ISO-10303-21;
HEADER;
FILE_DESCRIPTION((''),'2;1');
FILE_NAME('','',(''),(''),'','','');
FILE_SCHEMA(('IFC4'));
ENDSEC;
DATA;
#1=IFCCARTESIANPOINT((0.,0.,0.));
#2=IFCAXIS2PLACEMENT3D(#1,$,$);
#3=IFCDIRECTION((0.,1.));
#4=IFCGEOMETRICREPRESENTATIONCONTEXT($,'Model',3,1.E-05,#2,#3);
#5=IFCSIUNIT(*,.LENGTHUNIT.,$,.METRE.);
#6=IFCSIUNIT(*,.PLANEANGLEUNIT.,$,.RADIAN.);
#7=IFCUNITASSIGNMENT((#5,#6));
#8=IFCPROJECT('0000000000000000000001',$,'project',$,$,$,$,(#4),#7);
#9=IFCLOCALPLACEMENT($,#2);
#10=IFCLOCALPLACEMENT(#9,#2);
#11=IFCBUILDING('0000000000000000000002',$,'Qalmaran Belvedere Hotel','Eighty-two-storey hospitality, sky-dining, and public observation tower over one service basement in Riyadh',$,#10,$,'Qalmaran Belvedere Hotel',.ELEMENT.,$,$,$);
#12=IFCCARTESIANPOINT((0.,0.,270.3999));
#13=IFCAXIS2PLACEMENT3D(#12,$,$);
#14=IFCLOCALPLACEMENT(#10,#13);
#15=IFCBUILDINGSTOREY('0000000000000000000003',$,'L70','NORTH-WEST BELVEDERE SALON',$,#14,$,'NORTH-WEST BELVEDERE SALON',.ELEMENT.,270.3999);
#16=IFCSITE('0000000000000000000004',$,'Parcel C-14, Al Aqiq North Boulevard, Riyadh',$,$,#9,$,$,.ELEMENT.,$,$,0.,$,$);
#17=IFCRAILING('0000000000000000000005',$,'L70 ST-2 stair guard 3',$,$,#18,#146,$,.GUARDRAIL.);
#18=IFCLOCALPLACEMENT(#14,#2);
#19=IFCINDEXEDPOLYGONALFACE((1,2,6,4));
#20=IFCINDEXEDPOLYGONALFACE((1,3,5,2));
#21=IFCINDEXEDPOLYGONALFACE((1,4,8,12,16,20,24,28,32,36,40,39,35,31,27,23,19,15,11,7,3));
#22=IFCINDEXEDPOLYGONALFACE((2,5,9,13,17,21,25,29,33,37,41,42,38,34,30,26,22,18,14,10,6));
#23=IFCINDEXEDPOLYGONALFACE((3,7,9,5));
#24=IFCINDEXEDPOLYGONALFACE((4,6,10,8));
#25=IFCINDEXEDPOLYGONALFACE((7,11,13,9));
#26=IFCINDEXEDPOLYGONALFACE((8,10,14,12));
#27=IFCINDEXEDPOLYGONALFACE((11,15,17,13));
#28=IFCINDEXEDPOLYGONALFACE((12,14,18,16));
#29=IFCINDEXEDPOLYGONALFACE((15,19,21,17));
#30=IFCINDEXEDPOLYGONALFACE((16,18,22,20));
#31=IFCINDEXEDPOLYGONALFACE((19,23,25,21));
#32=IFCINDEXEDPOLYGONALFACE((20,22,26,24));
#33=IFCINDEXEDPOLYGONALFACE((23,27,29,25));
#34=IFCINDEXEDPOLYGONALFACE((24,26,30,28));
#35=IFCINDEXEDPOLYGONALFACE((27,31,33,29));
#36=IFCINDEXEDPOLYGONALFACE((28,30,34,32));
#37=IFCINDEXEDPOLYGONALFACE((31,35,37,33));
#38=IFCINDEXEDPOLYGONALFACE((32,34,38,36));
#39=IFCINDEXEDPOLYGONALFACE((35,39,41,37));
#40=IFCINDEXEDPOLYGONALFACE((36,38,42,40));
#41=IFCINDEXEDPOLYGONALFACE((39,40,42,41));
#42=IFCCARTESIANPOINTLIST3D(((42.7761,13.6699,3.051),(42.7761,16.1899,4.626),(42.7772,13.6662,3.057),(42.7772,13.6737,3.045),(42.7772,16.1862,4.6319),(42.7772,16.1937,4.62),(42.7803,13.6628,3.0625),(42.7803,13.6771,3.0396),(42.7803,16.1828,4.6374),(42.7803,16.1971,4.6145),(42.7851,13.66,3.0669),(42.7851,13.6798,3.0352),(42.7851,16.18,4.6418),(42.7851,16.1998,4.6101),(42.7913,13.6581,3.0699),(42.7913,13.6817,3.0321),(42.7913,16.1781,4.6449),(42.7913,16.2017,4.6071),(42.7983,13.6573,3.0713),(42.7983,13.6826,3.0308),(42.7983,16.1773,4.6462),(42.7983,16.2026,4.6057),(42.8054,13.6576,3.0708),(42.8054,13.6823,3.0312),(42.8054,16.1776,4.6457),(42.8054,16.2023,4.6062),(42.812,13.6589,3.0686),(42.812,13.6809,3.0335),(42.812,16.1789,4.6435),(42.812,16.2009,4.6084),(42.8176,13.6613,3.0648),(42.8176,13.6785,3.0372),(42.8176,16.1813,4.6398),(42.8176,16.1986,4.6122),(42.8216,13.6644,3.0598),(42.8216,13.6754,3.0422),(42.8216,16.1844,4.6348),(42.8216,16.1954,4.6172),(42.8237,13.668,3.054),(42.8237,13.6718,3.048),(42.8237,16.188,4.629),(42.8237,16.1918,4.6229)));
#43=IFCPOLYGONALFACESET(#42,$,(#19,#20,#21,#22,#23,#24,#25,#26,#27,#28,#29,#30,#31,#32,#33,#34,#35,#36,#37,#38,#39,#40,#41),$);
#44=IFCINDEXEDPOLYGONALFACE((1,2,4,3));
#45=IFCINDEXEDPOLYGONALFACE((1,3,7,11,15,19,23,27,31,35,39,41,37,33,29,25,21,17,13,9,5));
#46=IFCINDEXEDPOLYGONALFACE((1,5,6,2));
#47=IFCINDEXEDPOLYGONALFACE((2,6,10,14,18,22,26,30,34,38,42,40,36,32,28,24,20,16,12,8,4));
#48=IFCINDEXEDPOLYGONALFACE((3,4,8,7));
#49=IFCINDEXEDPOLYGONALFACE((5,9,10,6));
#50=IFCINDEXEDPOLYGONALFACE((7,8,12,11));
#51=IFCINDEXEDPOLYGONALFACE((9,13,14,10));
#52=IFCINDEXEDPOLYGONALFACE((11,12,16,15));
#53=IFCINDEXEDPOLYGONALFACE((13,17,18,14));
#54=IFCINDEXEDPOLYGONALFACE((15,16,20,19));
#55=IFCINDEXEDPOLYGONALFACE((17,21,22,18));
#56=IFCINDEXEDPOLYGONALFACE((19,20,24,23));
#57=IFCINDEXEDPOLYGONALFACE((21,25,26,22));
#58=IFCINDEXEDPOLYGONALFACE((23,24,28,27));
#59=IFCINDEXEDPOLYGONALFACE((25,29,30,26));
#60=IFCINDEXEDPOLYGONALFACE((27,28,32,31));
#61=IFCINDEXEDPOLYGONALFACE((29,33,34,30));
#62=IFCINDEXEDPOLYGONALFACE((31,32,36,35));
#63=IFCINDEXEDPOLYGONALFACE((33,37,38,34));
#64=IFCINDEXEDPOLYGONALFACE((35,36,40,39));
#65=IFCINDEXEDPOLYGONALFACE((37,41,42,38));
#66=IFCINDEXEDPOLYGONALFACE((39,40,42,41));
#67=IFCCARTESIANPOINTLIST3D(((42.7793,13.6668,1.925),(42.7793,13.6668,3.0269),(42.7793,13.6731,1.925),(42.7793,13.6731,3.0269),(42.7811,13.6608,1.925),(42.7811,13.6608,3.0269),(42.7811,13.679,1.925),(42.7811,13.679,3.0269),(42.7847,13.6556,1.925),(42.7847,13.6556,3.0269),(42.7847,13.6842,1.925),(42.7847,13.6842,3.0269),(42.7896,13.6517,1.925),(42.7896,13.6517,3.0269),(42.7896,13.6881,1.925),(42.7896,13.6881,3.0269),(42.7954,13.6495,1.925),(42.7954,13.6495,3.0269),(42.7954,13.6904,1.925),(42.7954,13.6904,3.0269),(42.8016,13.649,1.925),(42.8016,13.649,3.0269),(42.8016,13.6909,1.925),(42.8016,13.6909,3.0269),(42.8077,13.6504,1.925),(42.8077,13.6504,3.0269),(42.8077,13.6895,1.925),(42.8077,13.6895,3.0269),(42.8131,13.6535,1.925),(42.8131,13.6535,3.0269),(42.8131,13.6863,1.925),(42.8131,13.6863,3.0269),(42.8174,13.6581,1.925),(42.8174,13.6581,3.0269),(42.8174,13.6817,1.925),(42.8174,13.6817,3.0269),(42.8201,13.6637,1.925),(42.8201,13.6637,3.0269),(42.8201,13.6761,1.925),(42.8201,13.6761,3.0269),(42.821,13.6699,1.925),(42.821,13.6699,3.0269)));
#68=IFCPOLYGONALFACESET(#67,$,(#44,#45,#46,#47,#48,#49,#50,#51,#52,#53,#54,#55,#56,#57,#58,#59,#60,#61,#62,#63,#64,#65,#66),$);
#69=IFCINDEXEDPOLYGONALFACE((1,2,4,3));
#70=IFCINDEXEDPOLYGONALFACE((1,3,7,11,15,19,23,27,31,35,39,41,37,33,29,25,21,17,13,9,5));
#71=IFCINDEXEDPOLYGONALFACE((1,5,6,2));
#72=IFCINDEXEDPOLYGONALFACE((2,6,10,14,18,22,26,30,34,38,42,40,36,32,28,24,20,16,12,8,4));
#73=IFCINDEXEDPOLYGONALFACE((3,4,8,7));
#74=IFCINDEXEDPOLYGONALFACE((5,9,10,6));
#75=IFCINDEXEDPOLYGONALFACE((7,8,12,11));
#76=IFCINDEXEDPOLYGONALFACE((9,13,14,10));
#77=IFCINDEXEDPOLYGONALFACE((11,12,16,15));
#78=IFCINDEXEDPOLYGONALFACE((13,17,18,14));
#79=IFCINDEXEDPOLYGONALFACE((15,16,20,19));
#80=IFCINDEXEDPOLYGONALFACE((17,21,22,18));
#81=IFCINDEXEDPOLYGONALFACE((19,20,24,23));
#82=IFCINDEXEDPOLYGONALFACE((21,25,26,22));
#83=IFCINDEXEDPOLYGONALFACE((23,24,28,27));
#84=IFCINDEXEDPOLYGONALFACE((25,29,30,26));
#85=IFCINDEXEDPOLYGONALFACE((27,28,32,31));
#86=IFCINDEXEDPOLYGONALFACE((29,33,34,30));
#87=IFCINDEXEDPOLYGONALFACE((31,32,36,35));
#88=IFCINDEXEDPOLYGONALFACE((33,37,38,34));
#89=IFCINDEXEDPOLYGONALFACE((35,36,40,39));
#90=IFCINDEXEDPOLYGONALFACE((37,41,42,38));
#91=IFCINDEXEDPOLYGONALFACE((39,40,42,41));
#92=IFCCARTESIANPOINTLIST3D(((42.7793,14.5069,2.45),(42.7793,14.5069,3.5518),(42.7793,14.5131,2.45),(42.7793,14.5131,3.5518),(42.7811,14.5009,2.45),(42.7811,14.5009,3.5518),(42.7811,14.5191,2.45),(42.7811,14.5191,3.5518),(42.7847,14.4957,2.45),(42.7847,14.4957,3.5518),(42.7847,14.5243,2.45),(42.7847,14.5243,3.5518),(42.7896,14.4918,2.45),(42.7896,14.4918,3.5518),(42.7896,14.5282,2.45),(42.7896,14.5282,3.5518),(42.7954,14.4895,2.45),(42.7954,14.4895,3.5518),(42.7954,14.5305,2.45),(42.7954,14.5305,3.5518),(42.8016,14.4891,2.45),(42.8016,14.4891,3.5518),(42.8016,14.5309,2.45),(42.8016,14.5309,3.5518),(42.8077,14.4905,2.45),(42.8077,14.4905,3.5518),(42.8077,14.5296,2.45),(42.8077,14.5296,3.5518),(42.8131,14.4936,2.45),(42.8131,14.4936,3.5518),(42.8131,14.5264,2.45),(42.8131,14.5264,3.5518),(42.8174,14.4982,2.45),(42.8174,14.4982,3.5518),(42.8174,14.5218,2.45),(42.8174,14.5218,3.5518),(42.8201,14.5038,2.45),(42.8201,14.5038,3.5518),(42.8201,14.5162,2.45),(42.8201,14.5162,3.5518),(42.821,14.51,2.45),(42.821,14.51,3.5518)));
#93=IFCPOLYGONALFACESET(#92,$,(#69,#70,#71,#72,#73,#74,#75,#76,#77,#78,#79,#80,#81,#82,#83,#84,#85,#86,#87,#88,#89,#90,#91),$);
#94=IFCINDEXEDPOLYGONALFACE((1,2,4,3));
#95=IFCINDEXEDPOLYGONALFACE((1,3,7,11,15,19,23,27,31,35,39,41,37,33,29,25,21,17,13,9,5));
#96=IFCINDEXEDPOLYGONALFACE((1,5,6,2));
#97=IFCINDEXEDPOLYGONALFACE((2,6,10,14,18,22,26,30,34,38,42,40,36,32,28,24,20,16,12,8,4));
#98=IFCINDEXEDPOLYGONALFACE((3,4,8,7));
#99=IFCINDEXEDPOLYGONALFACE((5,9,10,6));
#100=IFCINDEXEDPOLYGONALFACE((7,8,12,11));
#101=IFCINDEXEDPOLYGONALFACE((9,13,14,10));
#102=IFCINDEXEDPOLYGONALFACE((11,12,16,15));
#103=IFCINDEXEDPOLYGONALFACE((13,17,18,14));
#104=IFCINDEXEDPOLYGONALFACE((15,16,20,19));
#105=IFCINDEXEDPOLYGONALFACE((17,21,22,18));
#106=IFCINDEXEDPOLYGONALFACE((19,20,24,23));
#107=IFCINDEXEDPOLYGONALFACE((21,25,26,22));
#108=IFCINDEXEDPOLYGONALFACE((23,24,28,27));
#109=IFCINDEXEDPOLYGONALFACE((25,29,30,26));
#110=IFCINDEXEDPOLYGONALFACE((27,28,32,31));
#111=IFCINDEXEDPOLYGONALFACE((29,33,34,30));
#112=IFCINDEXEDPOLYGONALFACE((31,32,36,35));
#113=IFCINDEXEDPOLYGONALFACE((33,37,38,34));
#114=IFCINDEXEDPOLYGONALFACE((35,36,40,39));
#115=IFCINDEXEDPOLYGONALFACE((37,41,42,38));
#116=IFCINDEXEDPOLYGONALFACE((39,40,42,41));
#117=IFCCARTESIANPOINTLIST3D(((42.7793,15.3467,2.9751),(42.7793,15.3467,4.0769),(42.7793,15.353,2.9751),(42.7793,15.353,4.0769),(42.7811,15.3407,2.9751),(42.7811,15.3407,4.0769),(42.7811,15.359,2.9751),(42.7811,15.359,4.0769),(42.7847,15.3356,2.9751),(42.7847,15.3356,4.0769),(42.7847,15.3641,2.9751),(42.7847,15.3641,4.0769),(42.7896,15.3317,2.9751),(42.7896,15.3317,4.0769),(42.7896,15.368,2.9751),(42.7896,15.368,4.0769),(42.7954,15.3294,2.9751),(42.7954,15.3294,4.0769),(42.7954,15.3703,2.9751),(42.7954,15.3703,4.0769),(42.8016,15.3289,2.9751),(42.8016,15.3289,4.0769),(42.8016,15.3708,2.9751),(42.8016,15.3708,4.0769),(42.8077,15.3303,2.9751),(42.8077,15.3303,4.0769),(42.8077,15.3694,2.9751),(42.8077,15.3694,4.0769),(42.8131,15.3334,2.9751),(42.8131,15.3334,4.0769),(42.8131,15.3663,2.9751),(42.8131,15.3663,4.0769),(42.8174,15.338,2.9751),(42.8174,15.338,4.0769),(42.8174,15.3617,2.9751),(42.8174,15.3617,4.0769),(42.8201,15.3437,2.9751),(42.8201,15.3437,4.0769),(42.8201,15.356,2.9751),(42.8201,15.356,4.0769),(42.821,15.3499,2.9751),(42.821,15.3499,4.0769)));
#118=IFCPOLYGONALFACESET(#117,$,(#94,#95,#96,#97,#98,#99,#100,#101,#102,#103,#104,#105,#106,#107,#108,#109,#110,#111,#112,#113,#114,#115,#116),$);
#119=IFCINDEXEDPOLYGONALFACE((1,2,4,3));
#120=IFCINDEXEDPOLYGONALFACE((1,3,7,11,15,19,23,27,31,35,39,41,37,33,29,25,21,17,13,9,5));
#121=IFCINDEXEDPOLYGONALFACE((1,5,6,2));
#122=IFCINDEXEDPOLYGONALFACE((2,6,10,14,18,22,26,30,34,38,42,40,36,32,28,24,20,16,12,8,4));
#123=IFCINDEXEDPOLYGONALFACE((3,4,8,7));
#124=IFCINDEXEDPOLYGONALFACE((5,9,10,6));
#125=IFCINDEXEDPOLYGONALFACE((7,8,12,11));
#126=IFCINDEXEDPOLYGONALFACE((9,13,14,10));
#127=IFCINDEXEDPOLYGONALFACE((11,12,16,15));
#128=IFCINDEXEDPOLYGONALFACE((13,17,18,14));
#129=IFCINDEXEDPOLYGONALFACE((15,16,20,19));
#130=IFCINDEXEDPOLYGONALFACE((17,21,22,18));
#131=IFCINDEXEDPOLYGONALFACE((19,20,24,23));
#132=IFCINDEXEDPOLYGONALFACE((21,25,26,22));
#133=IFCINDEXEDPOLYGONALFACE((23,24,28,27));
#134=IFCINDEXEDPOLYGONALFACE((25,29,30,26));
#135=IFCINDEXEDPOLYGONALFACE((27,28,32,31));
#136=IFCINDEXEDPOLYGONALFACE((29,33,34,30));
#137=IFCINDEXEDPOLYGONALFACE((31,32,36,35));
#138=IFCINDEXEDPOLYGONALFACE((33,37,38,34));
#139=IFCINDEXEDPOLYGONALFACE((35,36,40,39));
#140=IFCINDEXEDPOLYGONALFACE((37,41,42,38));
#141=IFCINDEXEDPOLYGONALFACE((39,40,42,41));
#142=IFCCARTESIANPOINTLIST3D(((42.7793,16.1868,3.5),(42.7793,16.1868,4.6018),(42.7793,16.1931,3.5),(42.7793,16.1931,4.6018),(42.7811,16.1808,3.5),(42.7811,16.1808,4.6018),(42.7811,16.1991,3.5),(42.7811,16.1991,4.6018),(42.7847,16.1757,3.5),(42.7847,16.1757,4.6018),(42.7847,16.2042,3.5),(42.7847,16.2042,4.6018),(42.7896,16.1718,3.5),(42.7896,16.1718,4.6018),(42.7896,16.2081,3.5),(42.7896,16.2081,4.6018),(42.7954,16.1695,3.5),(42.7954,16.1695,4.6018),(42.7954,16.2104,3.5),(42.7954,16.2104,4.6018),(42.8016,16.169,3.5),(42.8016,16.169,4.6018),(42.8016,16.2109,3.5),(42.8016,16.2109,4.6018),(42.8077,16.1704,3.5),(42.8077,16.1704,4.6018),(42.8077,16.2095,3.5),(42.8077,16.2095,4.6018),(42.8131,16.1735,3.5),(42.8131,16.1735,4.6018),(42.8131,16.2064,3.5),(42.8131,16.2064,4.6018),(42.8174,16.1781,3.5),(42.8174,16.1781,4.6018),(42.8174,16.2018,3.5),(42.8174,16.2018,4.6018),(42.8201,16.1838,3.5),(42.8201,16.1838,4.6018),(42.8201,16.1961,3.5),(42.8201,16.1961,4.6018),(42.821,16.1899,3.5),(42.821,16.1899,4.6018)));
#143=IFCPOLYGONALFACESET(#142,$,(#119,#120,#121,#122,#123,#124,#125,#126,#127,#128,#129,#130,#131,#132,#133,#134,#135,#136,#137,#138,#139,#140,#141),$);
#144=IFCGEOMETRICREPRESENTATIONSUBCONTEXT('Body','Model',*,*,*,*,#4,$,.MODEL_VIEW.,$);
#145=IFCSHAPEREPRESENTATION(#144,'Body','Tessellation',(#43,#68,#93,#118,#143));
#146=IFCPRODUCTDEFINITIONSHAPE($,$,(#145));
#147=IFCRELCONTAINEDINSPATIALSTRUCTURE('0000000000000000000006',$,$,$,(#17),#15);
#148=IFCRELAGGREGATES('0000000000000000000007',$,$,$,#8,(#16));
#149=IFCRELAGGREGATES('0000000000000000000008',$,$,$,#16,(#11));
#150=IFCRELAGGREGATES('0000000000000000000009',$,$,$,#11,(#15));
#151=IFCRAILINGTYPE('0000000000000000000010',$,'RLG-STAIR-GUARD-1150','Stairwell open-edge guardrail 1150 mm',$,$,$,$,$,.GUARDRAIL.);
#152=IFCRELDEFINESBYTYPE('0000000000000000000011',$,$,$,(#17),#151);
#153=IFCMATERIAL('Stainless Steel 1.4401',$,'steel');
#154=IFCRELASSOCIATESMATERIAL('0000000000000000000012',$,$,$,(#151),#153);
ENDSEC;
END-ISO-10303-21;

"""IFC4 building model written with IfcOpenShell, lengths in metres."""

from ifc_helpers import new_model, si_unit, direction, frame, origin, origin_2d, place, context, subcontext, project, spatial, circle, extrude, material, type_object, element, save


model = new_model("IFC4")

# Units and contexts
model_context = context("Model", 3, precision=1e-05, world=origin(), true_north=direction((0.0, 1.0)))
body_context = subcontext(model_context, "Body", "Model", "MODEL_VIEW")
ifc_project = project(units=[si_unit("LENGTHUNIT", "METRE"), si_unit("PLANEANGLEUNIT", "RADIAN")], contexts=[model_context])

# Site, building, storey
site_placement = place(None, origin())
site = spatial("IfcSite", under=ifc_project, at=site_placement, Name="Parcel C-14, Al Aqiq North Boulevard, Riyadh", CompositionType="ELEMENT", RefElevation=0.0)
building_placement = place(site_placement, origin())
building = spatial("IfcBuilding", under=site, at=building_placement, Name="Qalmaran Belvedere Hotel", Description="Eighty-two-storey hospitality, sky-dining, and public observation tower over one service basement in Riyadh", LongName="Qalmaran Belvedere Hotel", CompositionType="ELEMENT")
storey_placement = place(building_placement, frame((0.0, 0.0, 270.3999)))
storey = spatial("IfcBuildingStorey", under=building, at=storey_placement, Name="L70", Description="NORTH-WEST BELVEDERE SALON", LongName="NORTH-WEST BELVEDERE SALON", CompositionType="ELEMENT", Elevation=270.3999)

# Railing
ifc_material_1 = material(Name="Stainless Steel 1.4401", Category="steel")
railing_type_1 = type_object("IfcRailingType", Name="RLG-STAIR-GUARD-1150", Description="Stairwell open-edge guardrail 1150 mm", PredefinedType="GUARDRAIL", material=ifc_material_1)
railing_1_placement = place(storey_placement, frame((42.8, 13.6699, 1.925)))
element("IfcRailing", 1, at=railing_1_placement, inside=storey, type_object=railing_type_1, Name="L70 ST-2 stair guard 3", PredefinedType="GUARDRAIL", context=body_context, shape_type="SweptSolid", body=[
    extrude(circle(Radius=0.0239, at=origin_2d()), frame((0.0, 0.0, 1.126), z_axis=(0.0, 0.848008, 0.529984), x_axis=(-1.0, 0.0, 0.0)), (0.0, 0.0, 1.0), 2.9717),
    extrude(circle(Radius=0.021, at=origin_2d()), origin(), (0.0, 0.0, 1.0), 1.1018),
    extrude(circle(Radius=0.021, at=origin_2d()), frame((0.0, 0.8401, 0.5249)), (0.0, 0.0, 1.0), 1.1018),
    extrude(circle(Radius=0.021, at=origin_2d()), frame((0.0, 1.6799, 1.05)), (0.0, 0.0, 1.0), 1.1018),
    extrude(circle(Radius=0.021, at=origin_2d()), frame((0.0, 2.52, 1.575)), (0.0, 0.0, 1.0), 1.1018),
])

save(model, "model.ifc")
